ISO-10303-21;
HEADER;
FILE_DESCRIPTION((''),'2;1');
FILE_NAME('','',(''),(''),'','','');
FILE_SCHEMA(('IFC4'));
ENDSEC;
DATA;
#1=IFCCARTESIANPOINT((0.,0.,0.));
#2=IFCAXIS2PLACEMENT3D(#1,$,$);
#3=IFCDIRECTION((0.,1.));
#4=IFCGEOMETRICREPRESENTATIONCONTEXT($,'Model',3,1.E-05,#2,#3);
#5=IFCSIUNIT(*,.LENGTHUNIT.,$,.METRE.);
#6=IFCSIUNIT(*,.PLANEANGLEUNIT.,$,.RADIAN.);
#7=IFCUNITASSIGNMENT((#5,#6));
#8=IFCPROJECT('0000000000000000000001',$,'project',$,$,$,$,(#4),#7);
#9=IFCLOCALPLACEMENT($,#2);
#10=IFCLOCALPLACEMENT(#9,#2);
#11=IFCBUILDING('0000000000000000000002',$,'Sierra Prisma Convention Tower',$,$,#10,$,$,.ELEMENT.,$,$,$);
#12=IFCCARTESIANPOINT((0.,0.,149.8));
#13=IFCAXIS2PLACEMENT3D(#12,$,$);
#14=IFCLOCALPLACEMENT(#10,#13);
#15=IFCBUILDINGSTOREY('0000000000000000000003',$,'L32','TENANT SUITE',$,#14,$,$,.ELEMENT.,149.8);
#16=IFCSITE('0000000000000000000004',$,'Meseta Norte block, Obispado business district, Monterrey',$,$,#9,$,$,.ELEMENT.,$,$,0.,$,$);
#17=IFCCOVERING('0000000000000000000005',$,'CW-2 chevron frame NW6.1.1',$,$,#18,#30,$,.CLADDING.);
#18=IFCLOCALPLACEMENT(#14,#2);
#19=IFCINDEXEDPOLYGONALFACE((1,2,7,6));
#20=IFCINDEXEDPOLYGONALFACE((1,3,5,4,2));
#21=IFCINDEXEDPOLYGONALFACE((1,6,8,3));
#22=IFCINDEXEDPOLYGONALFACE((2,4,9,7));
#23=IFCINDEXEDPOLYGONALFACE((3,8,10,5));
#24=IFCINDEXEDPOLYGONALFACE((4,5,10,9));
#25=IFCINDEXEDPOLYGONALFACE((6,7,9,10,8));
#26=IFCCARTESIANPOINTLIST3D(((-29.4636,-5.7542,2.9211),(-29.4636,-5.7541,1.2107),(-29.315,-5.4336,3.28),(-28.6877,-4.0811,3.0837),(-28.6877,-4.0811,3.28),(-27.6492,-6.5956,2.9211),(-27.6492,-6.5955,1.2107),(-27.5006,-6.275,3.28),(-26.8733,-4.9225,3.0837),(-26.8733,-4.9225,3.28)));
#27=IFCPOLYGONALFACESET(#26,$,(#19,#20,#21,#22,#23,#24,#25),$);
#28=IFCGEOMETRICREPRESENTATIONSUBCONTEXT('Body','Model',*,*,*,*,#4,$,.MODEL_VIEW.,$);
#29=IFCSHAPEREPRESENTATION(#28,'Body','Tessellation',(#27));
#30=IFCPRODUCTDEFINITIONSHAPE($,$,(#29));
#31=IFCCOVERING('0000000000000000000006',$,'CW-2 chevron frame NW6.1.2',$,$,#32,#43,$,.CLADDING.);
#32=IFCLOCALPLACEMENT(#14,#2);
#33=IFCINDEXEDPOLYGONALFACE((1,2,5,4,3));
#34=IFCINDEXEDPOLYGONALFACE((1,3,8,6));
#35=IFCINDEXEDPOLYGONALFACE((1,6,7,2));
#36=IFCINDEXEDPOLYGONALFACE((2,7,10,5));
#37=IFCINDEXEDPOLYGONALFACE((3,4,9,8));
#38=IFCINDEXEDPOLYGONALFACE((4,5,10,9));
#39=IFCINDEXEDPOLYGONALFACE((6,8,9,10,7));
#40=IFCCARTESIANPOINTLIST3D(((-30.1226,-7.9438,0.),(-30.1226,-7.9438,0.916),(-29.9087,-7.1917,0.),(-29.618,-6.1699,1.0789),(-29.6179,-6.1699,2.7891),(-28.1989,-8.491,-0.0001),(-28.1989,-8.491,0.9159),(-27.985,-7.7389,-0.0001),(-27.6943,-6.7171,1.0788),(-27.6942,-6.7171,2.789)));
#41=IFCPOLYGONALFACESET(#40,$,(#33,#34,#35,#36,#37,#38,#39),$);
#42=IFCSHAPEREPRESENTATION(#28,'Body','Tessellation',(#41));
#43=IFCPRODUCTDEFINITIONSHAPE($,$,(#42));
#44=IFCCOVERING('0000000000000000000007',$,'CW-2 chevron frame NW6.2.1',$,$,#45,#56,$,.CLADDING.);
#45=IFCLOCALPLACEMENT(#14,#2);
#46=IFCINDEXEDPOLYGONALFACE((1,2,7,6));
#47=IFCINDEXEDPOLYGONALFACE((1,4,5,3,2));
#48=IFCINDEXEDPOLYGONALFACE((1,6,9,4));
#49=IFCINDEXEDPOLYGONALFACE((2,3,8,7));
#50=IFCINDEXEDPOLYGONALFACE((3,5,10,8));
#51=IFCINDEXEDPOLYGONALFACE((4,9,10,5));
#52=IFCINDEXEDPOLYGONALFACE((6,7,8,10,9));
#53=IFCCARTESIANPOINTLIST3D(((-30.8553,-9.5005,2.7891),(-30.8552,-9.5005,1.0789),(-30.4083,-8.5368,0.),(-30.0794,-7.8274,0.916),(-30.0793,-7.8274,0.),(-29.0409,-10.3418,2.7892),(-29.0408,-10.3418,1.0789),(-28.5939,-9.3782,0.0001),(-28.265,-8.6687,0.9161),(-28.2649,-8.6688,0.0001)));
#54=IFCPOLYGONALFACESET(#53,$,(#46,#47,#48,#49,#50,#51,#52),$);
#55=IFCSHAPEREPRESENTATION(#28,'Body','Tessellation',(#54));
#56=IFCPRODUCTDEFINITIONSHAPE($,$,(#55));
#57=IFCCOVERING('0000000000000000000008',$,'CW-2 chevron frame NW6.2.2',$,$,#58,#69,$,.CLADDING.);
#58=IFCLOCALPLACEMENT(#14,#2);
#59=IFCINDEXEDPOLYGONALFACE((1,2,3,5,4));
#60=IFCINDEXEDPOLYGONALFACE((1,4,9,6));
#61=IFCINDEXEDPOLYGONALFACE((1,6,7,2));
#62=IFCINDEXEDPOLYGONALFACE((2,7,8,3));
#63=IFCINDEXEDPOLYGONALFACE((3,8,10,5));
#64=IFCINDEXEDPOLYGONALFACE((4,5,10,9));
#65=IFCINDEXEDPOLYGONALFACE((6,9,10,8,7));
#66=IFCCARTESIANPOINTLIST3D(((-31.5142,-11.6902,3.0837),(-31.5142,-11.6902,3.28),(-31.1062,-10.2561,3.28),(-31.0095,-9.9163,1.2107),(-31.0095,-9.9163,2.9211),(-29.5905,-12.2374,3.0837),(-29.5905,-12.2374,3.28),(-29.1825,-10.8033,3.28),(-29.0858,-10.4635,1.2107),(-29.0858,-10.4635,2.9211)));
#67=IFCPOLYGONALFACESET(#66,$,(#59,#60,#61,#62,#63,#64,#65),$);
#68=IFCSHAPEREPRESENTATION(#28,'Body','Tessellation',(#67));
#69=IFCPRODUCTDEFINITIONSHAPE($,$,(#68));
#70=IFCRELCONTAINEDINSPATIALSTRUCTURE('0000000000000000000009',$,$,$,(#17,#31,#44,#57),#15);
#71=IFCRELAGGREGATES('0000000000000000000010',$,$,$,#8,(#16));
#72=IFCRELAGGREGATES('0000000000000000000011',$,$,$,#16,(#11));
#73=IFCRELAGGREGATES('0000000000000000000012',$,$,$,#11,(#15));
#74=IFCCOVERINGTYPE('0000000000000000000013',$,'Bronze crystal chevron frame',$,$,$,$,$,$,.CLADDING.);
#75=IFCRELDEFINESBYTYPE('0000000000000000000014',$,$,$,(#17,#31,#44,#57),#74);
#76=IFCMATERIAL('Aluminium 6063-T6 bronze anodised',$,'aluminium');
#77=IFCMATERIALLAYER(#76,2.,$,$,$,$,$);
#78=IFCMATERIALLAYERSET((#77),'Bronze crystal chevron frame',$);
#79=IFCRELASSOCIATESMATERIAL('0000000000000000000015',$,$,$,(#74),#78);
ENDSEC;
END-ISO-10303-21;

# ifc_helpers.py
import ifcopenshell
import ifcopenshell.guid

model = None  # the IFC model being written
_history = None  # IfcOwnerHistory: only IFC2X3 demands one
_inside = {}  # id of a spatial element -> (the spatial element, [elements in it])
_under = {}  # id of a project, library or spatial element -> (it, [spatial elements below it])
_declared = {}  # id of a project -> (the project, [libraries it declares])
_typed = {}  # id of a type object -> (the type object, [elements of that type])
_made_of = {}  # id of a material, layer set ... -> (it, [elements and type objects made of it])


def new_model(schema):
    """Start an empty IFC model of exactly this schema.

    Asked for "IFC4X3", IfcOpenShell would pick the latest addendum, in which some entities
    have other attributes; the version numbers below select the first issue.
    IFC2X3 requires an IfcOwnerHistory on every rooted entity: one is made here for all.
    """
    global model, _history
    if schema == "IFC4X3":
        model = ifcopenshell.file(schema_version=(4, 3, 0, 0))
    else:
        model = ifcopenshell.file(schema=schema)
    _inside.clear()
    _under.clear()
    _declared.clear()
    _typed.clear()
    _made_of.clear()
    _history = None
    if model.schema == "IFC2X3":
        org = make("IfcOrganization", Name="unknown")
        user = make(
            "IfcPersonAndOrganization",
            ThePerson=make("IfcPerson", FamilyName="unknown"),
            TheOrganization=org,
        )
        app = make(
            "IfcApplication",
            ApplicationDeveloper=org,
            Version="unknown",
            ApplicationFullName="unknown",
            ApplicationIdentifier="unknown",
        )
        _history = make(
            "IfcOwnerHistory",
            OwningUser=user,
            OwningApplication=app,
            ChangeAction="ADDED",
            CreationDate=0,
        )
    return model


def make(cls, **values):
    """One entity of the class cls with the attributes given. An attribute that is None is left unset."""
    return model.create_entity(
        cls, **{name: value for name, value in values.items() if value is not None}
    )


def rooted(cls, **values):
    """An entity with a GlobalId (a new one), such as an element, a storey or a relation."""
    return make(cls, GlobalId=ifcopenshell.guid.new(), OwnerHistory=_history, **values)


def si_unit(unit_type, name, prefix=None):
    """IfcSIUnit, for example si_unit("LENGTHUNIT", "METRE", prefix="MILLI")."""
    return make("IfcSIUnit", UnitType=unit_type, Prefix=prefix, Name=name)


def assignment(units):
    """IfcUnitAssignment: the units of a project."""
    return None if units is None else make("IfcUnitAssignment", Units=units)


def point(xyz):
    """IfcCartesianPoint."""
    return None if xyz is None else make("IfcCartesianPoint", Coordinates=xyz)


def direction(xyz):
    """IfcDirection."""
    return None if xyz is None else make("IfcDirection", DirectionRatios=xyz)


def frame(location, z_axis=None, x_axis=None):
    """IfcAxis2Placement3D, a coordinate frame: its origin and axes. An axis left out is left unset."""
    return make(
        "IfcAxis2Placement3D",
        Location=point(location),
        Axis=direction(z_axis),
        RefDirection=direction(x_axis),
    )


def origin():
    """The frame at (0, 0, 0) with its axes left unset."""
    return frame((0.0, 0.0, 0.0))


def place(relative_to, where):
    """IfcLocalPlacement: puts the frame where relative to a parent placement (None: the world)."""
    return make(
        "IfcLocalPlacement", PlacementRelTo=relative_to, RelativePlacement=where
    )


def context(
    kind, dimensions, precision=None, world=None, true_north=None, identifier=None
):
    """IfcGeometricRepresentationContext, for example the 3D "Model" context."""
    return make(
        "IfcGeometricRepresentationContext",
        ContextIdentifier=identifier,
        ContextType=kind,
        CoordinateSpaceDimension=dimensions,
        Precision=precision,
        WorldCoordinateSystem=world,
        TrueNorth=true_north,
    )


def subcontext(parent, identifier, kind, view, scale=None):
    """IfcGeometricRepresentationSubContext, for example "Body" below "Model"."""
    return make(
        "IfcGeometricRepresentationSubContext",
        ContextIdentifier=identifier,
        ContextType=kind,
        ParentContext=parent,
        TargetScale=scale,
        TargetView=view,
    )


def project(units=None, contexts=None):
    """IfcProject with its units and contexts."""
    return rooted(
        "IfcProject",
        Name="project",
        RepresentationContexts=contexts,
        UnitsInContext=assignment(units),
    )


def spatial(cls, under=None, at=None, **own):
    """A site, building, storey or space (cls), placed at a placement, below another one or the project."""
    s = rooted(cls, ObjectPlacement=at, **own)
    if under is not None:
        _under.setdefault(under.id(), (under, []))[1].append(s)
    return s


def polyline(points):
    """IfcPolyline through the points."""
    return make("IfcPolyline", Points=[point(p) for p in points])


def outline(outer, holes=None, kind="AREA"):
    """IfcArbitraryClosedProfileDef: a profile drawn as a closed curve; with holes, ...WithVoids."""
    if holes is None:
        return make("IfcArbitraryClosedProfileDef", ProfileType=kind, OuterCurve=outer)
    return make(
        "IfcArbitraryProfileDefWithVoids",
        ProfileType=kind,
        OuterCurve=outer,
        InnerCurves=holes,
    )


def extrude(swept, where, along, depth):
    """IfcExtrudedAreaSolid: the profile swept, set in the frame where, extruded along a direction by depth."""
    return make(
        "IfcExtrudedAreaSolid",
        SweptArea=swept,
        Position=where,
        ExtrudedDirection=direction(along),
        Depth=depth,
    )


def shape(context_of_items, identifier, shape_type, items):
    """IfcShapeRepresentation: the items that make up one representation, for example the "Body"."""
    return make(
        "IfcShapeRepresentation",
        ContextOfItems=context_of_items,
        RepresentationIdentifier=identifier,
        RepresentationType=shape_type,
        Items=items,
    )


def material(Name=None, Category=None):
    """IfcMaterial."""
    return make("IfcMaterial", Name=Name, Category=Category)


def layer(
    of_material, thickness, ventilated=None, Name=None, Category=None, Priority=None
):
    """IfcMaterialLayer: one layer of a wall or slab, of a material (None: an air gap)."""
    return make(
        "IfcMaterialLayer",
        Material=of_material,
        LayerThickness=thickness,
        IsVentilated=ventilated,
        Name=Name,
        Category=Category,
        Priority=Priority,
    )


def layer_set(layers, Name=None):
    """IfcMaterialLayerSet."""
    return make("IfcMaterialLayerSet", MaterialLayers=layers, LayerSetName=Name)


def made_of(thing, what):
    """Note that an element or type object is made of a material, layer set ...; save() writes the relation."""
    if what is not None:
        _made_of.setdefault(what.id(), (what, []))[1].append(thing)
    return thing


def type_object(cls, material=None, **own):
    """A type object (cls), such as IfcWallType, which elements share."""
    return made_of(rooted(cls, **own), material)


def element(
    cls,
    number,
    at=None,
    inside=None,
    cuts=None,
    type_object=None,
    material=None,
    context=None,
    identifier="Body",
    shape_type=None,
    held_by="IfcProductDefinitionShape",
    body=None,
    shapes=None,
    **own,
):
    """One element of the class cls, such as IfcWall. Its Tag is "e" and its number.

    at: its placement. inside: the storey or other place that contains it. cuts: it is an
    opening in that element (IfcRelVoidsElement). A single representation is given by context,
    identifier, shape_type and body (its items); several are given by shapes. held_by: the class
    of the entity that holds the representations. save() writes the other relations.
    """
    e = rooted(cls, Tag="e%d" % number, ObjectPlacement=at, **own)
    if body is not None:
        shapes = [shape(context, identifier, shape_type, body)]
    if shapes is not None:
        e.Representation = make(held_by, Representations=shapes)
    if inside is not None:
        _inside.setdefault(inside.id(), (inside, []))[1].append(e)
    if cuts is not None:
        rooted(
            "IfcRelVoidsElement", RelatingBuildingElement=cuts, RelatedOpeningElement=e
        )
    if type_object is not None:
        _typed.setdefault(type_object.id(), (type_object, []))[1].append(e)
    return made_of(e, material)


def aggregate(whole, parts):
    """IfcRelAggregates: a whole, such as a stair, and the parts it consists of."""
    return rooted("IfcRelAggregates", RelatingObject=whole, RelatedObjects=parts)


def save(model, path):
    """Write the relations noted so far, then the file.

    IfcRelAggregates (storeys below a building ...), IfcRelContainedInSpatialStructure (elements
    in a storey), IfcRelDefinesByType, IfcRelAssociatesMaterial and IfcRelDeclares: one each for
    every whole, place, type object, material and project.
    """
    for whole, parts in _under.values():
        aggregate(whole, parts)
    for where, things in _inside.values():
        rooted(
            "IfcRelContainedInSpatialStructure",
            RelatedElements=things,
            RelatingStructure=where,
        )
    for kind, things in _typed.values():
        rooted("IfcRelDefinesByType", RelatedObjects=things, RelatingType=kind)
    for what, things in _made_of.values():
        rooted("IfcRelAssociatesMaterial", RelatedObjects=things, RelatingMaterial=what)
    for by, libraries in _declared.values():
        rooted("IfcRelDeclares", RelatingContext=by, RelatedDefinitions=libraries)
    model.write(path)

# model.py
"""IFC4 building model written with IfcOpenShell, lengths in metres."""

from ifc_helpers import new_model, si_unit, direction, frame, origin, place, context, subcontext, project, spatial, polyline, outline, extrude, material, layer, layer_set, type_object, element, save


model = new_model("IFC4")

# Units and contexts
model_context = context("Model", 3, precision=1e-05, world=origin(), true_north=direction((0.0, 1.0)))
body_context = subcontext(model_context, "Body", "Model", "MODEL_VIEW")
ifc_project = project(units=[si_unit("LENGTHUNIT", "METRE"), si_unit("PLANEANGLEUNIT", "RADIAN")], contexts=[model_context])

# Site, building, storey
site_placement = place(None, origin())
site = spatial("IfcSite", under=ifc_project, at=site_placement, Name="Meseta Norte block, Obispado business district, Monterrey", CompositionType="ELEMENT", RefElevation=0.0)
building_placement = place(site_placement, origin())
building = spatial("IfcBuilding", under=site, at=building_placement, Name="Sierra Prisma Convention Tower", CompositionType="ELEMENT")
storey_placement = place(building_placement, frame((0.0, 0.0, 149.8)))
storey = spatial("IfcBuildingStorey", under=building, at=storey_placement, Name="L32", Description="TENANT SUITE", CompositionType="ELEMENT", Elevation=149.8)

# Coverings
ifc_material_1 = material(Name="Aluminium 6063-T6 bronze anodised", Category="aluminium")
ifc_layer_1 = layer(ifc_material_1, 2.0)
ifc_layer_set_1 = layer_set([ifc_layer_1], Name="Bronze crystal chevron frame")
covering_type = type_object("IfcCoveringType", Name="Bronze crystal chevron frame", PredefinedType="CLADDING", material=ifc_layer_set_1)
covering_1_placement = place(storey_placement, frame((-28.6877, -4.0811, 3.28), z_axis=(-0.907199, 0.420701, 0.000011), x_axis=(-0.00001, 0.000005, -1.0)))
element("IfcCovering", 1, at=covering_1_placement, inside=storey, type_object=covering_type, Name="CW-2 chevron frame NW6.1.1", PredefinedType="CLADDING", context=body_context, shape_type="SweptSolid", body=[
    extrude(outline(polyline([(0.0, 0.0), (0.1963, 0.0), (2.0693, 1.8442), (0.3589, 1.8442), (0.0, 1.4909), (0.0, 0.0)])), origin(), (0.0, 0.0, -1.0), 2.0),
])
covering_2_placement = place(storey_placement, frame((-29.6179, -6.1699, 2.7891), z_axis=(-0.961844, 0.273599, 0.000036), x_axis=(-0.000034, 0.00001, -1.0)))
element("IfcCovering", 2, at=covering_2_placement, inside=storey, type_object=covering_type, Name="CW-2 chevron frame NW6.1.2", PredefinedType="CLADDING", context=body_context, shape_type="SweptSolid", body=[
    extrude(outline(polyline([(0.0, 0.0), (1.7102, 0.0), (2.7891, 1.0623), (2.7891, 1.8443), (1.873, 1.8443), (0.0, 0.0)])), origin(), (0.0, 0.0, -1.0), 2.0),
])
covering_3_placement = place(storey_placement, frame((-30.0793, -7.8274, 0.0), z_axis=(-0.90721, 0.420679, -0.000045), x_axis=(-0.420679, -0.90721, 0.0)))
element("IfcCovering", 3, at=covering_3_placement, inside=storey, type_object=covering_type, Name="CW-2 chevron frame NW6.2.1", PredefinedType="CLADDING", context=body_context, shape_type="SweptSolid", body=[
    extrude(outline(polyline([(0.0, 0.0), (0.782, 0.0), (1.8442, 1.0789), (1.8442, 2.7891), (0.0, 0.916), (0.0, 0.0)])), origin(), (0.0, 0.0, -1.0), 2.0),
])
covering_4_placement = place(storey_placement, frame((-31.5142, -11.6902, 3.28), z_axis=(-0.961838, 0.273619, -0.000001), x_axis=(0.273619, 0.961838, 0.0)))
element("IfcCovering", 4, at=covering_4_placement, inside=storey, type_object=covering_type, Name="CW-2 chevron frame NW6.2.2", PredefinedType="CLADDING", context=body_context, shape_type="SweptSolid", body=[
    extrude(outline(polyline([(0.0, 0.0), (1.491, 0.0), (1.8443, 0.3589), (1.8443, 2.0693), (0.0, 0.1963), (0.0, 0.0)])), origin(), (0.0, 0.0, -1.0), 2.0),
])

save(model, "model.ifc")
